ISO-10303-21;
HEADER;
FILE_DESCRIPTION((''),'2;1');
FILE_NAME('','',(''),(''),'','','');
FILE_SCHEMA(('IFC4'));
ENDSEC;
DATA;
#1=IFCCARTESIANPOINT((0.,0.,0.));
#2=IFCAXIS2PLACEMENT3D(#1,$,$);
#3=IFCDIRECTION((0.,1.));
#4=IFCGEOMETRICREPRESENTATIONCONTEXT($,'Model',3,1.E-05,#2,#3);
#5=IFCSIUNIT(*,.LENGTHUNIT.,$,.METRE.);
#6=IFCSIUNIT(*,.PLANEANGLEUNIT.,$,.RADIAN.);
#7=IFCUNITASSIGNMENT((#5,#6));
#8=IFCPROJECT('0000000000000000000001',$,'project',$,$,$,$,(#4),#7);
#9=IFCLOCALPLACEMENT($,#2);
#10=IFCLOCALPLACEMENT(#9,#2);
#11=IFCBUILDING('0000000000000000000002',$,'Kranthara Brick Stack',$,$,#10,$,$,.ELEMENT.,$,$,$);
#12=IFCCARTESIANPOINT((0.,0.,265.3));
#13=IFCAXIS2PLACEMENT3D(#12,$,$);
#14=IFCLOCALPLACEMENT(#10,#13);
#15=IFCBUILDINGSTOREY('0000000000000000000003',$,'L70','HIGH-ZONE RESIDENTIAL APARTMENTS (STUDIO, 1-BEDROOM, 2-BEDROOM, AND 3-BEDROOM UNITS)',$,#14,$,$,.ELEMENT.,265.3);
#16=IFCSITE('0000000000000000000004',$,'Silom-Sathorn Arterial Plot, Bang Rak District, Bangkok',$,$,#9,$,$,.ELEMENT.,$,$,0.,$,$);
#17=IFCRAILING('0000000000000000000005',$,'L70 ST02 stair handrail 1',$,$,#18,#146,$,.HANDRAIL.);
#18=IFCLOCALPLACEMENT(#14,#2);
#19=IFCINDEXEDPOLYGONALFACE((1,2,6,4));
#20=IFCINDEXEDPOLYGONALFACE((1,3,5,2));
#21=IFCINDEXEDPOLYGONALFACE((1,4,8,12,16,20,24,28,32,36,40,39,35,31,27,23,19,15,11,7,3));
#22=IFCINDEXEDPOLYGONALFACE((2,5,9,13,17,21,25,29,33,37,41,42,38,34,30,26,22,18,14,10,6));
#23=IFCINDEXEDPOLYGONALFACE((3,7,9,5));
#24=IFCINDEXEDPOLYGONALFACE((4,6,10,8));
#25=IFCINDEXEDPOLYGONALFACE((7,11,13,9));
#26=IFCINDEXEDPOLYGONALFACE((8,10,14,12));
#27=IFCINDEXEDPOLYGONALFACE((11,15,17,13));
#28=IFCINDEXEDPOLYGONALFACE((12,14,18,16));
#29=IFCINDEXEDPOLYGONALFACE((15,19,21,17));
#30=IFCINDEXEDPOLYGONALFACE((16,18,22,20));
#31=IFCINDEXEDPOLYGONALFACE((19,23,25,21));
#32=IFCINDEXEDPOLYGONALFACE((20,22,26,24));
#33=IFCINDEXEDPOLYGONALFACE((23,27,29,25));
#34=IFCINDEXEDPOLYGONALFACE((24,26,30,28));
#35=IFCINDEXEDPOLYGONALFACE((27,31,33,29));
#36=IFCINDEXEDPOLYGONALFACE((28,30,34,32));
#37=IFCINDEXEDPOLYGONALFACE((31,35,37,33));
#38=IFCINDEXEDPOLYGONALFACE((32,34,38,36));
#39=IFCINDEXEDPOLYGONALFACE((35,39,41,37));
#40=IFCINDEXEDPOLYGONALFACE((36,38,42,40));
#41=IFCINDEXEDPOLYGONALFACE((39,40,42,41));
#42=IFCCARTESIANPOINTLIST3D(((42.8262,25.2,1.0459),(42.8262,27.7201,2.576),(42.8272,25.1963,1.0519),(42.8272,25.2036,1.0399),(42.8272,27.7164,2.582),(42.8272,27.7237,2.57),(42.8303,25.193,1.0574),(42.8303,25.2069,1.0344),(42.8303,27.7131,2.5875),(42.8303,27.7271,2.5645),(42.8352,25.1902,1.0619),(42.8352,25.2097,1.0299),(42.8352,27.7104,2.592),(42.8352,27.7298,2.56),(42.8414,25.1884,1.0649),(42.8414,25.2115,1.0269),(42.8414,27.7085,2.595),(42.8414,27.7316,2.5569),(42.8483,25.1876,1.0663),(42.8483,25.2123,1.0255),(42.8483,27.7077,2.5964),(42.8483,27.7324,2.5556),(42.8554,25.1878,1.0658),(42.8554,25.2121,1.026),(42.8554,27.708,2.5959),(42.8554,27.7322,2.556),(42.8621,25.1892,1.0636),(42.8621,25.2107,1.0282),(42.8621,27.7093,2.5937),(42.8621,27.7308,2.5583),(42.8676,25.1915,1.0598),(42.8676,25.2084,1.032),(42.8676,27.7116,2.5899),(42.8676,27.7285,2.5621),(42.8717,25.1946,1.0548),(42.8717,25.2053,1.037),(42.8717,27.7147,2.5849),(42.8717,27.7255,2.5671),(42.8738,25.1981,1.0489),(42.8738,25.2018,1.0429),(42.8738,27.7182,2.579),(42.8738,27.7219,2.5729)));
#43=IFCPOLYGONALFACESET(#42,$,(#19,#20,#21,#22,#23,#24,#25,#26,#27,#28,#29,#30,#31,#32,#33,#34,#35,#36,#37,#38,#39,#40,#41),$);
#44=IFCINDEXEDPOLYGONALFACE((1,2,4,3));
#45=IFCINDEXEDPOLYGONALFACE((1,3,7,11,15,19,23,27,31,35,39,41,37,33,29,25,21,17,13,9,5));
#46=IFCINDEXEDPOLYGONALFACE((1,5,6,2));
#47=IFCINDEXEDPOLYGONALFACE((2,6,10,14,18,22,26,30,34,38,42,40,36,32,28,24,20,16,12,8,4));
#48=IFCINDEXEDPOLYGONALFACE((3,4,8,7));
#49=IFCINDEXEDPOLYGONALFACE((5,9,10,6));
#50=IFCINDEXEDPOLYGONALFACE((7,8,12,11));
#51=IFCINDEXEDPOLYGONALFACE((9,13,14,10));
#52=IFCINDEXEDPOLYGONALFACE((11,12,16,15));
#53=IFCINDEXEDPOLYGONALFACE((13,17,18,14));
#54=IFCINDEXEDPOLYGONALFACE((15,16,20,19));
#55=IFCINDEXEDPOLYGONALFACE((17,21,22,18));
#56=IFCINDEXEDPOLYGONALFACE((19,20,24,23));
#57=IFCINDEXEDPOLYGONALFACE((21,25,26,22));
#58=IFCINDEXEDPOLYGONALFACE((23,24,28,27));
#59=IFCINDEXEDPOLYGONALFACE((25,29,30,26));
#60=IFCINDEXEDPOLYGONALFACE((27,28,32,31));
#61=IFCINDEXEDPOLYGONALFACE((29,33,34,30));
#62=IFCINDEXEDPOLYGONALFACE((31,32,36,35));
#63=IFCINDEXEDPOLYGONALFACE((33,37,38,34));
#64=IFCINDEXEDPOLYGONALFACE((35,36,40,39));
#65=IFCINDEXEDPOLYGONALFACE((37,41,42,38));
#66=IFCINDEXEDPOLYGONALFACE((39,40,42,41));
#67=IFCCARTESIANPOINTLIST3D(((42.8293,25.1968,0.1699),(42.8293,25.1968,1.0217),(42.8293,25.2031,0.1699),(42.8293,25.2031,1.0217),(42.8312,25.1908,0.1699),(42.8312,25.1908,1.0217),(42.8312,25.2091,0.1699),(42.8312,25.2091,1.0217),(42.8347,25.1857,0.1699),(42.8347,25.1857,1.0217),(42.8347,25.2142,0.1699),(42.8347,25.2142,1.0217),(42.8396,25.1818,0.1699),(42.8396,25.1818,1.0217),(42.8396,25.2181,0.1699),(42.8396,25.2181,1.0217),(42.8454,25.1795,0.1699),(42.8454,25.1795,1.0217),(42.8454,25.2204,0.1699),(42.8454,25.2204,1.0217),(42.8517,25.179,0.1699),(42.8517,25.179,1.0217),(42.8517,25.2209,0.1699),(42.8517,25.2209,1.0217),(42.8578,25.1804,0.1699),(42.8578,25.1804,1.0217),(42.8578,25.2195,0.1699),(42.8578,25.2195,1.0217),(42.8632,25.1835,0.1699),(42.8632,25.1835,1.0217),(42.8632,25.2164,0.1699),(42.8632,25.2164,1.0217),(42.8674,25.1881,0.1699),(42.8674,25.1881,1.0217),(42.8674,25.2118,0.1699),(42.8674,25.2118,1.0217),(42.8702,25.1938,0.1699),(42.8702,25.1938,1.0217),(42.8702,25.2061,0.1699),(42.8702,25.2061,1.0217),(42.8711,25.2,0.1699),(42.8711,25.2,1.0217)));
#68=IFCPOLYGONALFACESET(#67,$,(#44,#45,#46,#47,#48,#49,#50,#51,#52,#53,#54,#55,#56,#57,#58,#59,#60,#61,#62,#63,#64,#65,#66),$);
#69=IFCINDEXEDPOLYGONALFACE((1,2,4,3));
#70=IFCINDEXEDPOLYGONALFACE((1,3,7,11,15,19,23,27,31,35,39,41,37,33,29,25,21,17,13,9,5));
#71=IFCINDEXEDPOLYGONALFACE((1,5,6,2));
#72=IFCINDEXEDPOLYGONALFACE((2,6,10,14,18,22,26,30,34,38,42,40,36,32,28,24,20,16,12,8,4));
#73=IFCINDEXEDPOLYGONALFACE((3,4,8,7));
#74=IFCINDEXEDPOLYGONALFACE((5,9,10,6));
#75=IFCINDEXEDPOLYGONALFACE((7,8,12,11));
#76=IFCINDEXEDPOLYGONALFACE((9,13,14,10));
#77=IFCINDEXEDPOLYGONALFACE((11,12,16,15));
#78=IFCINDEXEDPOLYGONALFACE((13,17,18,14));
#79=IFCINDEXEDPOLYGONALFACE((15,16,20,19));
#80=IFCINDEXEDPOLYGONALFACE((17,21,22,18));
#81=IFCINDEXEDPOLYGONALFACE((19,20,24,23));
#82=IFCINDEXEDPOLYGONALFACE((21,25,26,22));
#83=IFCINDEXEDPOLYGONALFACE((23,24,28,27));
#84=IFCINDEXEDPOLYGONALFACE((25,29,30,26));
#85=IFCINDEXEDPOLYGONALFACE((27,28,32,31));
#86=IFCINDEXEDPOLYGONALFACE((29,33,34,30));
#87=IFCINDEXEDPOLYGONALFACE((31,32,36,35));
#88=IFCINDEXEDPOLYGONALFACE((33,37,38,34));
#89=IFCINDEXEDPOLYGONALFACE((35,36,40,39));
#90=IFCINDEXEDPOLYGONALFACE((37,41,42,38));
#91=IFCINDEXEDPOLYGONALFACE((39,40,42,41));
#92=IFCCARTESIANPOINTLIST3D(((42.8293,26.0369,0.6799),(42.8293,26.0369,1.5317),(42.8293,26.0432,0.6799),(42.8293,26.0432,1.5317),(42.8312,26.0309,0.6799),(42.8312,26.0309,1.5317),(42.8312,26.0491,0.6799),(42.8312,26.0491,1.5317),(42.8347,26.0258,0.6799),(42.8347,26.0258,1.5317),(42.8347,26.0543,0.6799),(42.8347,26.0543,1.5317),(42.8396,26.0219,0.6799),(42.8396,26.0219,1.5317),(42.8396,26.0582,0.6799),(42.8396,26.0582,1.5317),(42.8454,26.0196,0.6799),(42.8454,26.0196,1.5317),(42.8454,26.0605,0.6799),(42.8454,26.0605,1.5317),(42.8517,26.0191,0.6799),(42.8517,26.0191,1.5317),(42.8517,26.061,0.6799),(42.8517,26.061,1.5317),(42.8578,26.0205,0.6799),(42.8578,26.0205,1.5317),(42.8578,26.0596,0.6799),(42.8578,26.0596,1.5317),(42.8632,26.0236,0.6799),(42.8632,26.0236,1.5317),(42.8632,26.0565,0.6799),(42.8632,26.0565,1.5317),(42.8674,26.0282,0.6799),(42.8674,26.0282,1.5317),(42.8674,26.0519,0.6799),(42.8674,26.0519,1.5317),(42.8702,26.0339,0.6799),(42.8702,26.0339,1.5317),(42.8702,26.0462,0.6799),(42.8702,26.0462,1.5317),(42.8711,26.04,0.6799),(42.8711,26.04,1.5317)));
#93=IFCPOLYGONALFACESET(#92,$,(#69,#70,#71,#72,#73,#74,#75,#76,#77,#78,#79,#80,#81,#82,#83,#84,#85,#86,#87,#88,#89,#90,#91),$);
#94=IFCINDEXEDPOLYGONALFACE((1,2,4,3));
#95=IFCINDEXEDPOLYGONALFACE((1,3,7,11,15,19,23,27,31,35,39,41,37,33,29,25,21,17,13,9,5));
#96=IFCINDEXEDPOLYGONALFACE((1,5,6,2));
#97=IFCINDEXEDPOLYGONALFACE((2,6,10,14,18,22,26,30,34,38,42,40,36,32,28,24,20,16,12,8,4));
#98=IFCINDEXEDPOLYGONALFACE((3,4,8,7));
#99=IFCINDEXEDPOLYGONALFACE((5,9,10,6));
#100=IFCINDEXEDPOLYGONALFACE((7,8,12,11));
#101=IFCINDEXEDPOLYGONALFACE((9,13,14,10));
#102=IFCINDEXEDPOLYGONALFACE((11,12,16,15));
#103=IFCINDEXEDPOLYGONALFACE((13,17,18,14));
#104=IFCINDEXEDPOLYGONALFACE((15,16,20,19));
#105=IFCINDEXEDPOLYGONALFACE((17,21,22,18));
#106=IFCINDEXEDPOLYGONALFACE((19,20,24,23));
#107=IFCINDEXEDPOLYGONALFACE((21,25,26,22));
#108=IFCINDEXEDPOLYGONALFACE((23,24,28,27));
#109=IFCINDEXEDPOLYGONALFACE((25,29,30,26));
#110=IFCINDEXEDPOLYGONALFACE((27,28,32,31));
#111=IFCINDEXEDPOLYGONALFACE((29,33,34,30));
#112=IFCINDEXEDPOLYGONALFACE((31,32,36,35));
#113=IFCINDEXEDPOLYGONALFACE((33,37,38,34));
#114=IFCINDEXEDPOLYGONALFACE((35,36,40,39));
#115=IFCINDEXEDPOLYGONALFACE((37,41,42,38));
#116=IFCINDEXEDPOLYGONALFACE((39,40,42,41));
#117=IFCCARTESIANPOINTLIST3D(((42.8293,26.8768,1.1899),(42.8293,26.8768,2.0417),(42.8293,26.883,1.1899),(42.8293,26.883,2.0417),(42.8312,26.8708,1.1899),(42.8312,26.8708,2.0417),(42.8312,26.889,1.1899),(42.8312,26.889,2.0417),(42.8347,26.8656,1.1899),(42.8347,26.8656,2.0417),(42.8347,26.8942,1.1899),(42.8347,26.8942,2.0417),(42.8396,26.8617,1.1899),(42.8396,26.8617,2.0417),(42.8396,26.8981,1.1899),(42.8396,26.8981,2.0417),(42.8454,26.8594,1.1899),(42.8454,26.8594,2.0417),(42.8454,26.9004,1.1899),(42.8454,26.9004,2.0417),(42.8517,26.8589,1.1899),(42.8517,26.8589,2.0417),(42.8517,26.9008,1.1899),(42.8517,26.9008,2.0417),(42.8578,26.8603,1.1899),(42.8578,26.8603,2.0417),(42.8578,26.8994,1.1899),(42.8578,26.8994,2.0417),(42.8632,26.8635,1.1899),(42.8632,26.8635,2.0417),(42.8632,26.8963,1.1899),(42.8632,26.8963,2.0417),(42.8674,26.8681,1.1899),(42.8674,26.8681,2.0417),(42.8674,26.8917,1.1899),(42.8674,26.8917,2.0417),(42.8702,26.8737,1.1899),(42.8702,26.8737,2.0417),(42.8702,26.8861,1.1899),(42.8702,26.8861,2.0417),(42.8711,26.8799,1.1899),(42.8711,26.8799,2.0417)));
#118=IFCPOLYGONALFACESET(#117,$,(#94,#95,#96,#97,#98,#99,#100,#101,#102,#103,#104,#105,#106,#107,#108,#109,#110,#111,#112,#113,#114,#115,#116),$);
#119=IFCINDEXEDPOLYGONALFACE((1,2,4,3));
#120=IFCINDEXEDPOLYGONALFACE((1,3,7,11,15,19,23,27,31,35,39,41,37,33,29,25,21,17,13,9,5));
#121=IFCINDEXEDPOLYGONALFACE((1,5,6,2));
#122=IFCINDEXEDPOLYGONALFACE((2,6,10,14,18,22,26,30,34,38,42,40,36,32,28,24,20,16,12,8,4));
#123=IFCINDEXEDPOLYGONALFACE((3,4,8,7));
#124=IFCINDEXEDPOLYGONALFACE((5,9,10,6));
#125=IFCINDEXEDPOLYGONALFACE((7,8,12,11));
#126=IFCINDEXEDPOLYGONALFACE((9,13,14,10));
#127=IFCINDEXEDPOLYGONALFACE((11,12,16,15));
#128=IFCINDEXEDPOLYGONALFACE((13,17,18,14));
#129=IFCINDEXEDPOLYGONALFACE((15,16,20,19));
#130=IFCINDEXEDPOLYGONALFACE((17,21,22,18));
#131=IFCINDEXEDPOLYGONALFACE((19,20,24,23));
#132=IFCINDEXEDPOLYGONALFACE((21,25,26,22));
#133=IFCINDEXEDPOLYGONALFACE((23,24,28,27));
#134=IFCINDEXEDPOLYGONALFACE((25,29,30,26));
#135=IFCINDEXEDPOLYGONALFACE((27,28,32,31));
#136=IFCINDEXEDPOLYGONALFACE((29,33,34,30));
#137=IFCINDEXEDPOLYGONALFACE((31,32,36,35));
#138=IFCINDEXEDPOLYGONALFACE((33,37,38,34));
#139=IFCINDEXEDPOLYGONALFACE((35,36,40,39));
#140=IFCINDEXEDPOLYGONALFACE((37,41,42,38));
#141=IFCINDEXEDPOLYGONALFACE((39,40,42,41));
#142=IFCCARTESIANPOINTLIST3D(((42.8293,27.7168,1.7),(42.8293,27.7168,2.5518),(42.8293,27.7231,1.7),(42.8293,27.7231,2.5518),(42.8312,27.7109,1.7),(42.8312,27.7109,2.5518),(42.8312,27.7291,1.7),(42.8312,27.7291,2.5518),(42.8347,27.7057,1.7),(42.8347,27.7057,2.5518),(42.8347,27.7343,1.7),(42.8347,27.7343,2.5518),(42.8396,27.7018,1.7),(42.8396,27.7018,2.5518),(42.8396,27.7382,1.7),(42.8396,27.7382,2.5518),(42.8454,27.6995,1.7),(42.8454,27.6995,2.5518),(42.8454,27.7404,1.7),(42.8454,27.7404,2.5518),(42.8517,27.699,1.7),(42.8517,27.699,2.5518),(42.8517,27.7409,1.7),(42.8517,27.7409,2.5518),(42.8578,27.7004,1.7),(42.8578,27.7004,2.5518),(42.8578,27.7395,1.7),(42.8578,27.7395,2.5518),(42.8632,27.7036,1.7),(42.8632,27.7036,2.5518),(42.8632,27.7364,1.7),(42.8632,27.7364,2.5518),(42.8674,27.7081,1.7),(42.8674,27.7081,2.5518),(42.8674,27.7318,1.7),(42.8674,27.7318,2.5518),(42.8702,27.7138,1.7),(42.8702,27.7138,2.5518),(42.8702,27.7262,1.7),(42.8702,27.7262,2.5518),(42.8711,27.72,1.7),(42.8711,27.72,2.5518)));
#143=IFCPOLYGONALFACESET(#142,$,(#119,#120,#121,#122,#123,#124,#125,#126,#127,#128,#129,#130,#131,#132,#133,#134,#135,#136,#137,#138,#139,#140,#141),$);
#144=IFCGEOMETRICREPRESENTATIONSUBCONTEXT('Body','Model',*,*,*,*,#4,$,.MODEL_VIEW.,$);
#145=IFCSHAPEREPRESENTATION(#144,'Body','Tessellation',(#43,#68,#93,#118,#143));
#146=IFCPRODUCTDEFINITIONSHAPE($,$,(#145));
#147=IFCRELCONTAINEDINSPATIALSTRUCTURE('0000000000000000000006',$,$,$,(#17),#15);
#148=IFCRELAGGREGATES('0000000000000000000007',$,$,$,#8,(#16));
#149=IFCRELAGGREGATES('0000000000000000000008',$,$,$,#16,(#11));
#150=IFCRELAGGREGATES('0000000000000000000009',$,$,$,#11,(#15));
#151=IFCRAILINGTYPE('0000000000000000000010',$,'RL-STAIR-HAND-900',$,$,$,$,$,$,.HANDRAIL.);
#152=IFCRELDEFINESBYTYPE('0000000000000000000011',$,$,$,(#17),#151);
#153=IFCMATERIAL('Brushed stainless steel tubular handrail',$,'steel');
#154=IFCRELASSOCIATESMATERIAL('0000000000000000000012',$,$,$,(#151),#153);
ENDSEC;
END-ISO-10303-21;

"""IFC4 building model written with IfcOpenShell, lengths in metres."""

from ifc_helpers import new_model, si_unit, direction, frame, origin, origin_2d, place, context, subcontext, project, spatial, circle, extrude, material, type_object, element, save


model = new_model("IFC4")

# Units and contexts
model_context = context("Model", 3, precision=1e-05, world=origin(), true_north=direction((0.0, 1.0)))
body_context = subcontext(model_context, "Body", "Model", "MODEL_VIEW")
ifc_project = project(units=[si_unit("LENGTHUNIT", "METRE"), si_unit("PLANEANGLEUNIT", "RADIAN")], contexts=[model_context])

# Site, building, storey
site_placement = place(None, origin())
site = spatial("IfcSite", under=ifc_project, at=site_placement, Name="Silom-Sathorn Arterial Plot, Bang Rak District, Bangkok", CompositionType="ELEMENT", RefElevation=0.0)
building_placement = place(site_placement, origin())
building = spatial("IfcBuilding", under=site, at=building_placement, Name="Kranthara Brick Stack", CompositionType="ELEMENT")
storey_placement = place(building_placement, frame((0.0, 0.0, 265.3)))
storey = spatial("IfcBuildingStorey", under=building, at=storey_placement, Name="L70", Description="HIGH-ZONE RESIDENTIAL APARTMENTS (STUDIO, 1-BEDROOM, 2-BEDROOM, AND 3-BEDROOM UNITS)", CompositionType="ELEMENT", Elevation=265.3)

# Railing
ifc_material_1 = material(Name="Brushed stainless steel tubular handrail", Category="steel")
railing_type_1 = type_object("IfcRailingType", Name="RL-STAIR-HAND-900", PredefinedType="HANDRAIL", material=ifc_material_1)
railing_1_placement = place(storey_placement, frame((42.8501, 25.2, 0.1699)))
element("IfcRailing", 1, at=railing_1_placement, inside=storey, type_object=railing_type_1, Name="L70 ST02 stair handrail 1", PredefinedType="HANDRAIL", context=body_context, shape_type="SweptSolid", body=[
    extrude(circle(Radius=0.0239, at=origin_2d()), frame((0.0, 0.0, 0.876), z_axis=(0.0, 0.854785, 0.518982), x_axis=(-1.0, 0.0, 0.0)), (0.0, 0.0, 1.0), 2.9482),
    extrude(circle(Radius=0.021, at=origin_2d()), origin(), (0.0, 0.0, 1.0), 0.8518),
    extrude(circle(Radius=0.021, at=origin_2d()), frame((0.0, 0.8401, 0.51)), (0.0, 0.0, 1.0), 0.8518),
    extrude(circle(Radius=0.021, at=origin_2d()), frame((0.0, 1.6799, 1.02)), (0.0, 0.0, 1.0), 0.8518),
    extrude(circle(Radius=0.021, at=origin_2d()), frame((0.0, 2.52, 1.53)), (0.0, 0.0, 1.0), 0.8518),
])

save(model, "model.ifc")
